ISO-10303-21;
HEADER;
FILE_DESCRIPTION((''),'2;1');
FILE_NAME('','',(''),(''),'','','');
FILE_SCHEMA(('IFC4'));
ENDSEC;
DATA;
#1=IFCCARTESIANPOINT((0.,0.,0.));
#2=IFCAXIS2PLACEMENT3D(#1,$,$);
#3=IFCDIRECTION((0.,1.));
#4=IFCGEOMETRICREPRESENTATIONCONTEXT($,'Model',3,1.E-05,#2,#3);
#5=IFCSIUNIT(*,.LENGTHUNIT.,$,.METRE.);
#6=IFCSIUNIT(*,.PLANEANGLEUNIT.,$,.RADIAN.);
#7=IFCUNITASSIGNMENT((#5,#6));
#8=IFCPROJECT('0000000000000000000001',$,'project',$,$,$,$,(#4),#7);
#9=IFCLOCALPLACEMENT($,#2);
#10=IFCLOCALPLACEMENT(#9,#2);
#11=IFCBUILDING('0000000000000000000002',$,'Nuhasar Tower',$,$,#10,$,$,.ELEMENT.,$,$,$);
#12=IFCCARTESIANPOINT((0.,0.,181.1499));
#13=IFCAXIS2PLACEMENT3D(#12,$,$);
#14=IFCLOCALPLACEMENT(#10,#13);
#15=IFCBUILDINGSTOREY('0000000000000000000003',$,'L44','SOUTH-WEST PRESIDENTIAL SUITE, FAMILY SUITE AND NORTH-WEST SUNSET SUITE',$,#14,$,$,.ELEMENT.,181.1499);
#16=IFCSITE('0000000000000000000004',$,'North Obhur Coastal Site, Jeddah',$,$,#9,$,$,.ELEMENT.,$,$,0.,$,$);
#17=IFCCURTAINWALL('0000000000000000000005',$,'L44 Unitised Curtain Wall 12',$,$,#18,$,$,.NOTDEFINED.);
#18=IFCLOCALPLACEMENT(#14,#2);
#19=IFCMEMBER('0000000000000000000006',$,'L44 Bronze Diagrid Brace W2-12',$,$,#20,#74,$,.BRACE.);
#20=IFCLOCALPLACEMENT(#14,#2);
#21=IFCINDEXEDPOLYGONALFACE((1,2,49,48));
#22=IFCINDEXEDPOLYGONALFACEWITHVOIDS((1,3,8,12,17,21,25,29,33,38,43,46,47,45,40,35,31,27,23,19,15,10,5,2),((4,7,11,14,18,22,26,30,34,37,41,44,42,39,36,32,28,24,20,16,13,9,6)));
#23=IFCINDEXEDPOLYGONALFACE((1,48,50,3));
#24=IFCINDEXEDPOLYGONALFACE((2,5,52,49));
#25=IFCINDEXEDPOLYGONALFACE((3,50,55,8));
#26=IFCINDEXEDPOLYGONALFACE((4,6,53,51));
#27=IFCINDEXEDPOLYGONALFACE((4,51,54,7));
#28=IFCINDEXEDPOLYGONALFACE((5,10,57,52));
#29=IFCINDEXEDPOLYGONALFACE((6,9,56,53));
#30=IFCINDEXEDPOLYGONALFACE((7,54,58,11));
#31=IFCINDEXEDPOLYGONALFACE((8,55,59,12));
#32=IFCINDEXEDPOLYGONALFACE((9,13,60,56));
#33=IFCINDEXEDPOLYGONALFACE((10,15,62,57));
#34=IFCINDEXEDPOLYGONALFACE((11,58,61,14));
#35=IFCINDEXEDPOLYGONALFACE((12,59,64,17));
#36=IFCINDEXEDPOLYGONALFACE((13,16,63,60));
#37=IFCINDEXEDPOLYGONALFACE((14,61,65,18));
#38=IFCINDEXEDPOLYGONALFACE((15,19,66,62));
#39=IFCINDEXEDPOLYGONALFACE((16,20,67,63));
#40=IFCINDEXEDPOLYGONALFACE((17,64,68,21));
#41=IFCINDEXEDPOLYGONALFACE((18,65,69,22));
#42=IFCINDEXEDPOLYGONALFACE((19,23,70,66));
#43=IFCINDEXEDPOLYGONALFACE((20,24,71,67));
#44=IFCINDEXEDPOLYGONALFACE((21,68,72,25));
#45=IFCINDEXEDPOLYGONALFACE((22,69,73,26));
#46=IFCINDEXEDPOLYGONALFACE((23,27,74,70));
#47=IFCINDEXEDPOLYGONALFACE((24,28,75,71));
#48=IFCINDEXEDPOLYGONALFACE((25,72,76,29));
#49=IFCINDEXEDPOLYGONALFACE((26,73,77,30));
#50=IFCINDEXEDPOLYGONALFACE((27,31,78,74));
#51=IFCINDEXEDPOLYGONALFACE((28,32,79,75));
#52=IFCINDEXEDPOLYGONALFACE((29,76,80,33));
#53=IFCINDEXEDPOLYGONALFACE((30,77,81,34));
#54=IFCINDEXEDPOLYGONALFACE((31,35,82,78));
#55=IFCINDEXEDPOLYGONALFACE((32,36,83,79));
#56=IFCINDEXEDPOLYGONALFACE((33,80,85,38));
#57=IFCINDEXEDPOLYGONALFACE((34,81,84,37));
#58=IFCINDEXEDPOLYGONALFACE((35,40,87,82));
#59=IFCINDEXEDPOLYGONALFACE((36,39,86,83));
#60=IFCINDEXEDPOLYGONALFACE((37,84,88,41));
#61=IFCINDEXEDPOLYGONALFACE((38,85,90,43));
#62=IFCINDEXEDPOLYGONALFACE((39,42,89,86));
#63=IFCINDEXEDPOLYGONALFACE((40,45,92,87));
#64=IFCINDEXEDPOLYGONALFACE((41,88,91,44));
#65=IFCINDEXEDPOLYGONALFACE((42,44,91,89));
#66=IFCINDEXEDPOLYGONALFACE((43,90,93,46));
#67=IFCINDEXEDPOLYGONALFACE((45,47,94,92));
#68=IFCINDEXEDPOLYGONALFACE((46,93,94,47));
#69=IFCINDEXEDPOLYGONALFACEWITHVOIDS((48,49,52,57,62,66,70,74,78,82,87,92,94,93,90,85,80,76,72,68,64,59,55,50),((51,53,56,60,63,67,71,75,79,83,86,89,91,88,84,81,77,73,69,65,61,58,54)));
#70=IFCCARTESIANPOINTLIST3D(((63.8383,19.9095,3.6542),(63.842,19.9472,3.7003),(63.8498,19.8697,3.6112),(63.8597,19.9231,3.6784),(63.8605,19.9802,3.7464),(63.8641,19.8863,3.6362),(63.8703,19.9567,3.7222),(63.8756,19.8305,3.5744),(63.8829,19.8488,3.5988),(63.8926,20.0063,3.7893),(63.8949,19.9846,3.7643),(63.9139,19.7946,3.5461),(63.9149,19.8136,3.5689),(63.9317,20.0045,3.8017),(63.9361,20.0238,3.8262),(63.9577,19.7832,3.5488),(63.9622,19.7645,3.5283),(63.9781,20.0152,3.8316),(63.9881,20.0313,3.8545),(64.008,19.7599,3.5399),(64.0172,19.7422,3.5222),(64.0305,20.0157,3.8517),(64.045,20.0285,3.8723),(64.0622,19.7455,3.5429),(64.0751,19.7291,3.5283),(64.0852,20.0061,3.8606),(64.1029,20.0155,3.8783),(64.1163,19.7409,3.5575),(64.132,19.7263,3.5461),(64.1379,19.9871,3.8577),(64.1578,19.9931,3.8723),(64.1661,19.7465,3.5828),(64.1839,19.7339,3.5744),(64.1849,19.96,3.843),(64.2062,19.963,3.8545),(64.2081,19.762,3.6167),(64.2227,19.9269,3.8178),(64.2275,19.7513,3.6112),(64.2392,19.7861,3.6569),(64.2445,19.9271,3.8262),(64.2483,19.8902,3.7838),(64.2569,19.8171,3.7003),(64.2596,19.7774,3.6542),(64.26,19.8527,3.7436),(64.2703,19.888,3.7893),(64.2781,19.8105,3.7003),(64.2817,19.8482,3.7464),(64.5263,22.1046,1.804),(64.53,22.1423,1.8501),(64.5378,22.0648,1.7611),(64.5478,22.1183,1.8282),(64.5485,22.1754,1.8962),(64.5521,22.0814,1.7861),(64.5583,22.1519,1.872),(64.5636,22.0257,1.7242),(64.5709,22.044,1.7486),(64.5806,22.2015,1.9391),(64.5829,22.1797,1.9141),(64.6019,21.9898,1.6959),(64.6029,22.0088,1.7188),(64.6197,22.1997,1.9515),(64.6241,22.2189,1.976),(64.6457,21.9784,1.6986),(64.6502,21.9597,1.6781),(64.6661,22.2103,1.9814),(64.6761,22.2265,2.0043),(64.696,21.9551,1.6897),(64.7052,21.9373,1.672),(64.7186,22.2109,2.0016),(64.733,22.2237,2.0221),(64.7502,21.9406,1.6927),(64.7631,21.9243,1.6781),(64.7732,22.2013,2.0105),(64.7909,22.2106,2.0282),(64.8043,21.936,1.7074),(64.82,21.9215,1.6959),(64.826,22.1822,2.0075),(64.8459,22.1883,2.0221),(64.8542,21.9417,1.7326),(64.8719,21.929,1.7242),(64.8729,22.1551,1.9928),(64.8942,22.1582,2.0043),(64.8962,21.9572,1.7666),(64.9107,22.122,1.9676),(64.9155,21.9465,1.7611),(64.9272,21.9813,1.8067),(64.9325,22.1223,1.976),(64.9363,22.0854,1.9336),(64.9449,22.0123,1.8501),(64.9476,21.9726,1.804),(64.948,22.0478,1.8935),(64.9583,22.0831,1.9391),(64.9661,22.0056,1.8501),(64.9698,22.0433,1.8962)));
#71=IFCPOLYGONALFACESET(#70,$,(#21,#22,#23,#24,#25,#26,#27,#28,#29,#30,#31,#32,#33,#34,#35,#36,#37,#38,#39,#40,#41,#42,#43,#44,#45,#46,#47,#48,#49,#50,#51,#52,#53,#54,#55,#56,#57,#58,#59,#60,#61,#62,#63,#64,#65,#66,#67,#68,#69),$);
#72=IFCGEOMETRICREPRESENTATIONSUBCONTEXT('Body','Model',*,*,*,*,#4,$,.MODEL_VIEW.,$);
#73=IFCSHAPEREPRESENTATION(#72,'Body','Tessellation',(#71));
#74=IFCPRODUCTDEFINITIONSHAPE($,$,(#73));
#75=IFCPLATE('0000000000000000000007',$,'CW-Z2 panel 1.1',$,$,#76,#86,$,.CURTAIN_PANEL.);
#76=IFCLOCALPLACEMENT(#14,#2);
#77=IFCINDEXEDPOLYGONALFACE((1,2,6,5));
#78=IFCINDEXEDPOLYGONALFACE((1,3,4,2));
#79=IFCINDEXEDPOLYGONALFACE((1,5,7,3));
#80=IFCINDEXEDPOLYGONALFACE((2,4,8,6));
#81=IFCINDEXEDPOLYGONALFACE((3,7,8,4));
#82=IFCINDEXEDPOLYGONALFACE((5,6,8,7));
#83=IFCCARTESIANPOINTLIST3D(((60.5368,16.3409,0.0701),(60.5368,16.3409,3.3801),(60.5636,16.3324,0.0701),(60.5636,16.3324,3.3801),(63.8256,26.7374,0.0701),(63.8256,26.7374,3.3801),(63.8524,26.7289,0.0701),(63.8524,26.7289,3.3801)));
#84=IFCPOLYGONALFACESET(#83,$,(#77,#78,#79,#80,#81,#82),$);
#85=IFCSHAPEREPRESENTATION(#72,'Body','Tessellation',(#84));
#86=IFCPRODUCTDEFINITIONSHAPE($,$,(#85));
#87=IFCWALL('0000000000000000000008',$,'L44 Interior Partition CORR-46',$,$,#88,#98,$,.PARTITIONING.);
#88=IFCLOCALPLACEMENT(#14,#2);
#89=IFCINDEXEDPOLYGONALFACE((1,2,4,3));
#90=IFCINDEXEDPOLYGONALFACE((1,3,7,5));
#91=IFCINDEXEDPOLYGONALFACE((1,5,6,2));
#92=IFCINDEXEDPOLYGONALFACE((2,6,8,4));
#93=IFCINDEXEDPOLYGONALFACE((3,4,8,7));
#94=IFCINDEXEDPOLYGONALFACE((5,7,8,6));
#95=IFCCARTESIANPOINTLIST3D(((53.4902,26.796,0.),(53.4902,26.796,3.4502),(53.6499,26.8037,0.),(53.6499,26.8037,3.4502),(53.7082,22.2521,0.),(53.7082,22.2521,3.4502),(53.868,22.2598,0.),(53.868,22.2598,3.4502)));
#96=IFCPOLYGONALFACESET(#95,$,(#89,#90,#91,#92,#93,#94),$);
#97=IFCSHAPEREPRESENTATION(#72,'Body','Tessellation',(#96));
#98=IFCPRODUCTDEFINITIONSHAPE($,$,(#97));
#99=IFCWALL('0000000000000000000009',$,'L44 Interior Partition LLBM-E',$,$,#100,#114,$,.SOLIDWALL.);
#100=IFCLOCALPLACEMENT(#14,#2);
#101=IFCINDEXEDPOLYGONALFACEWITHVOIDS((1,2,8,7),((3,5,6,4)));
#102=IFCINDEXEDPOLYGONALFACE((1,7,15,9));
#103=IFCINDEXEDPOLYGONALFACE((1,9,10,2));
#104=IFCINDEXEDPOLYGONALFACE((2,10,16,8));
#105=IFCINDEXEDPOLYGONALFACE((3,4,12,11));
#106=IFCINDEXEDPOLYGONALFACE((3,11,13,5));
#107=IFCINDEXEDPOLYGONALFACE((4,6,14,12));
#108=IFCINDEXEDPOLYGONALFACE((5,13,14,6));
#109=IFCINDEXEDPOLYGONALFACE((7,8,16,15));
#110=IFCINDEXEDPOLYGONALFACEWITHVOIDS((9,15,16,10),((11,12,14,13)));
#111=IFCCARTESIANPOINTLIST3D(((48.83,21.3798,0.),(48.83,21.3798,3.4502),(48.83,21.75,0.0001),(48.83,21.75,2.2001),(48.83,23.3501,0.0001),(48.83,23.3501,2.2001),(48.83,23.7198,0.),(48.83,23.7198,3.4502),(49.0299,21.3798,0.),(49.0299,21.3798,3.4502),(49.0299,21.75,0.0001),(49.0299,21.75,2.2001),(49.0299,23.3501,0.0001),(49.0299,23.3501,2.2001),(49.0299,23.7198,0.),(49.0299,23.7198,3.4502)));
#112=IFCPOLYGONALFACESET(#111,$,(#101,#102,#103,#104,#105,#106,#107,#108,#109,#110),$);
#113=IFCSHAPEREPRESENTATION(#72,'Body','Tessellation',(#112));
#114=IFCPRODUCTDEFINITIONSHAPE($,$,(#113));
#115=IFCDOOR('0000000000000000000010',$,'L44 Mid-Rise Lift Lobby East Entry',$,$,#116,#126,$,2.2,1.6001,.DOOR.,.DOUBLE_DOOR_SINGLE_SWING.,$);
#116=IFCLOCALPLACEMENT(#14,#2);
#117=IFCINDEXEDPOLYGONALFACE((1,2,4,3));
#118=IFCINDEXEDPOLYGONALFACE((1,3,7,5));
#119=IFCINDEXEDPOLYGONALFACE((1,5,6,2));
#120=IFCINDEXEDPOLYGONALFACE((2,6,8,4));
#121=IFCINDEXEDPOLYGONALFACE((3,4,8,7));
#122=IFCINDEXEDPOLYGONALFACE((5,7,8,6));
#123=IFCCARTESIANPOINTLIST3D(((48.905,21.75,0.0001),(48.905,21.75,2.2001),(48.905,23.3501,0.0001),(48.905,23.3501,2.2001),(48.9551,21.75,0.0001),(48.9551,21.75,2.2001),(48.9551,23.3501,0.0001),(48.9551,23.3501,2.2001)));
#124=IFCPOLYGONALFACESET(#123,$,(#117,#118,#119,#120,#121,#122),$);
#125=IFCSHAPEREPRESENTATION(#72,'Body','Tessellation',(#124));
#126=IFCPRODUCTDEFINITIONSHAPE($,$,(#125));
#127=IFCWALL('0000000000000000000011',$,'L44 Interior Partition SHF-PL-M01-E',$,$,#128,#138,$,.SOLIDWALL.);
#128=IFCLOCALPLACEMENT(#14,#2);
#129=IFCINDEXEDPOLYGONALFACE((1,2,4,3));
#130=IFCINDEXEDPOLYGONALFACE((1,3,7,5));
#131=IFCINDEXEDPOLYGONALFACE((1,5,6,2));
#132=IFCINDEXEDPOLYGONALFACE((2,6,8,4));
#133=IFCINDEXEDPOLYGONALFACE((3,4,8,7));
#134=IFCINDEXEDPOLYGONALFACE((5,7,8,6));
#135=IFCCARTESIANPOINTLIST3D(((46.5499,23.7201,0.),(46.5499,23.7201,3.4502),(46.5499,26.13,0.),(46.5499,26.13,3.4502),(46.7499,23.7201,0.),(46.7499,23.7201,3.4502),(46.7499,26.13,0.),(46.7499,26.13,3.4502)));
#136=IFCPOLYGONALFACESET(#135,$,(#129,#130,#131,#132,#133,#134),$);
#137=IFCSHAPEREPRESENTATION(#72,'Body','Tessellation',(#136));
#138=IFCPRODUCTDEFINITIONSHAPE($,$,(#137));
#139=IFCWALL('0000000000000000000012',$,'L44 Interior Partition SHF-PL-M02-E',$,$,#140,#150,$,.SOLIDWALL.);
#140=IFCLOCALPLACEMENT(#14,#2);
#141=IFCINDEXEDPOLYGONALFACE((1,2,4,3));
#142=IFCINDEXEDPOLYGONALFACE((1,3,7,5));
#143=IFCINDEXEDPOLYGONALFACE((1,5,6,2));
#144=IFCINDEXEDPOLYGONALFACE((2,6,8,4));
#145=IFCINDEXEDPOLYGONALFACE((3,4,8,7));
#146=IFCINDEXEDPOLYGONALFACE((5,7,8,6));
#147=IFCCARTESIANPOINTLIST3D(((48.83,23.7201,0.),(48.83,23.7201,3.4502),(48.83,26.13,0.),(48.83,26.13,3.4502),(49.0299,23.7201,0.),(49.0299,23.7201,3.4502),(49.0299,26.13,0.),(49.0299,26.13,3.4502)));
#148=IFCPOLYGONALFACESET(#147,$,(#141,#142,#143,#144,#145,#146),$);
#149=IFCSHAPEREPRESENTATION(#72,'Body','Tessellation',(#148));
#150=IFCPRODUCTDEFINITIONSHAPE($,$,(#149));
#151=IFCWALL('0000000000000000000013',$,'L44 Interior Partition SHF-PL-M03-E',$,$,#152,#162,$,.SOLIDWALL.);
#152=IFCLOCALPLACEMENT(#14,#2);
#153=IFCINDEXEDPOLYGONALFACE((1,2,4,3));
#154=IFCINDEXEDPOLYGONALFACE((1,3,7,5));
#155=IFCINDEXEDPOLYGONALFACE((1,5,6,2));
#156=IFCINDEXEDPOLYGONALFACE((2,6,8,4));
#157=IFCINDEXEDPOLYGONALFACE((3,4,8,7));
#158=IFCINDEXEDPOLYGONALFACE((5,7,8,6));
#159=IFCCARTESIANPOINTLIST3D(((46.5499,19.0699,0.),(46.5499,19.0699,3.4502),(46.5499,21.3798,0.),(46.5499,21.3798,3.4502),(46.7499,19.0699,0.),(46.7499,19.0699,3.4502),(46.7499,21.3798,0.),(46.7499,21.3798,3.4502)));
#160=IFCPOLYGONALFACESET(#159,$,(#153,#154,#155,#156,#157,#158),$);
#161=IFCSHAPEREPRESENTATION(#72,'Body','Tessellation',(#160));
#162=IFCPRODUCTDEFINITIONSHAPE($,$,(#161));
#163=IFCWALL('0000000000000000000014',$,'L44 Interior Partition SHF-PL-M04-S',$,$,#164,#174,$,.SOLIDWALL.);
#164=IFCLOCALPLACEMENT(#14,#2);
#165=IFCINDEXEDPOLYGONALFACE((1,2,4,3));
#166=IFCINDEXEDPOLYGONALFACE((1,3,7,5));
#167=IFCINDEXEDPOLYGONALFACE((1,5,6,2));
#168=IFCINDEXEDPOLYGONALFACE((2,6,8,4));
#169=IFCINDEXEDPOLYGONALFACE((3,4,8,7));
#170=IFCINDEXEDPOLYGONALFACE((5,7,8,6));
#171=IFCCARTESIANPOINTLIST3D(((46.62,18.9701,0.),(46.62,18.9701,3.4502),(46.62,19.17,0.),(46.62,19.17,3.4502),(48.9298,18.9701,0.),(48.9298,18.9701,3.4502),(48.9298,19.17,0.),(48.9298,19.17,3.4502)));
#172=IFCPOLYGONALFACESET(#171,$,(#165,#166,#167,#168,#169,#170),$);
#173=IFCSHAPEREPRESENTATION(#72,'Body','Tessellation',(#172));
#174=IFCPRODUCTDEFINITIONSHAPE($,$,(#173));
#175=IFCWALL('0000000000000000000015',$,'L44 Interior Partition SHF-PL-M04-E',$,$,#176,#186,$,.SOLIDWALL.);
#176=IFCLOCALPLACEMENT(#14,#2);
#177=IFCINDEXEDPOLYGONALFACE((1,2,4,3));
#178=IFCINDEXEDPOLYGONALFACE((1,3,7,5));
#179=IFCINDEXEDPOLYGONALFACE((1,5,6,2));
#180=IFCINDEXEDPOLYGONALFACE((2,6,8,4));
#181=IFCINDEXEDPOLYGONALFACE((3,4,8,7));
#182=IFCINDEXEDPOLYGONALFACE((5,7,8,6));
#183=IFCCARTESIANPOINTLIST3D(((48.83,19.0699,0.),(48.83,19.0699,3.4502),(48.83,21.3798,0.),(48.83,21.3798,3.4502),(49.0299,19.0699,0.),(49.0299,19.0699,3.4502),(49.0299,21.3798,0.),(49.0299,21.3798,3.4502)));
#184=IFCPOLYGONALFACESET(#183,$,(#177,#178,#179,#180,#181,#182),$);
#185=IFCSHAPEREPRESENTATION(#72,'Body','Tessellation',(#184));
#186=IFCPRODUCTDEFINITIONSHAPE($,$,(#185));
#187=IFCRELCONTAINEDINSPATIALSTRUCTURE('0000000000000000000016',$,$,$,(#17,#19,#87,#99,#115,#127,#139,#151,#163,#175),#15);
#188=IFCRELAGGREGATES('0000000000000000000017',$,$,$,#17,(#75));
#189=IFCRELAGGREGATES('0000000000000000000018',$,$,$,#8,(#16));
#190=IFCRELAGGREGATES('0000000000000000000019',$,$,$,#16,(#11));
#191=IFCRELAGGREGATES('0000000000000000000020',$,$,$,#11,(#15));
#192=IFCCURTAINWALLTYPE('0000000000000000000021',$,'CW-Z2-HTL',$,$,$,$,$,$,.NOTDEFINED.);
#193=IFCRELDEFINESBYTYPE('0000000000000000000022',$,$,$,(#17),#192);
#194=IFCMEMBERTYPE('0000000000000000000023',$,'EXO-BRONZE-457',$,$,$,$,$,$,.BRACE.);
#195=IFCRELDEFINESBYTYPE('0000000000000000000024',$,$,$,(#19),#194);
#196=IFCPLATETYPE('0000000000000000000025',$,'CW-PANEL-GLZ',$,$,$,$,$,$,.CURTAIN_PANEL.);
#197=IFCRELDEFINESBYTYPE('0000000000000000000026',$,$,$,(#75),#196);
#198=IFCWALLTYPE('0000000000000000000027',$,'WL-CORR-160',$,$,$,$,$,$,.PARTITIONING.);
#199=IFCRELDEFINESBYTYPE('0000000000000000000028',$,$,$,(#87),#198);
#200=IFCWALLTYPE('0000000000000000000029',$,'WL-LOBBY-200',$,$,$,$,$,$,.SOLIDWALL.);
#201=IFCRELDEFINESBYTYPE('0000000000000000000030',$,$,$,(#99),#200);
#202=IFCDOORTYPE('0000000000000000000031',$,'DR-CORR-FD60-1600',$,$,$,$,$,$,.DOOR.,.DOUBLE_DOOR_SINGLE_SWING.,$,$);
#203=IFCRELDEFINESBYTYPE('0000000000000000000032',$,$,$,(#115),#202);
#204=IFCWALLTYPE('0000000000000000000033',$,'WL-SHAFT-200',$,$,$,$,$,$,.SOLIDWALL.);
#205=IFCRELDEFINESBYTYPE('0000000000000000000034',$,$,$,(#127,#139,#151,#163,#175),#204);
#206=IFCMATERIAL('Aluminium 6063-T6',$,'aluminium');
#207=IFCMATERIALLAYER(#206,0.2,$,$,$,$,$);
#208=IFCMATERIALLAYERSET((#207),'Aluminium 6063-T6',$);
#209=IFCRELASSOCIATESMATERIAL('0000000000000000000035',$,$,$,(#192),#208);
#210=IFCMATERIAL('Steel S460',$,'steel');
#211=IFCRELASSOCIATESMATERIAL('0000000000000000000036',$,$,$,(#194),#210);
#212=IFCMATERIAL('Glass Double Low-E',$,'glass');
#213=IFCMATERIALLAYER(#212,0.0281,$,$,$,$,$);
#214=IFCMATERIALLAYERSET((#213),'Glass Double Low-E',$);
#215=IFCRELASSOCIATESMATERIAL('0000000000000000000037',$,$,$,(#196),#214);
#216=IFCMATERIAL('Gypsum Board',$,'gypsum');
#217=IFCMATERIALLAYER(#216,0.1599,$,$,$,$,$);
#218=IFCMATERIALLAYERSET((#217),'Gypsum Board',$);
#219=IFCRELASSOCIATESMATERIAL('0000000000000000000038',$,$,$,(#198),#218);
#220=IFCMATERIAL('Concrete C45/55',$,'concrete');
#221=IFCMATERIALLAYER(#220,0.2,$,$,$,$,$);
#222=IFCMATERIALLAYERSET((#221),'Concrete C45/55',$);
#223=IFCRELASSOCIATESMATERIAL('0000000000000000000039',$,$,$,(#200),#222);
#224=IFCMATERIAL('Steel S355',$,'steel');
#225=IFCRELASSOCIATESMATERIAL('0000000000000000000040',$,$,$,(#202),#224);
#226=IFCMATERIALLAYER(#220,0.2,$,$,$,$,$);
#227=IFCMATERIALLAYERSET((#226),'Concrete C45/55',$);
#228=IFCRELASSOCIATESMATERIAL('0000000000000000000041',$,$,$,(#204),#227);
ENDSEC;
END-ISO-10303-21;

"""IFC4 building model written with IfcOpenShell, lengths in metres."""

from ifc_helpers import new_model, si_unit, direction, frame, frame_2d, origin, origin_2d, place, context, subcontext, project, spatial, rectangle, hollow_circle, extrude, material, layer, layer_set, material_profile, profile_set, type_object, element, fill, aggregate, save


model = new_model("IFC4")

# Units and contexts
model_context = context("Model", 3, precision=1e-05, world=origin(), true_north=direction((0.0, 1.0)))
body_context = subcontext(model_context, "Body", "Model", "MODEL_VIEW")
ifc_project = project(units=[si_unit("LENGTHUNIT", "METRE"), si_unit("PLANEANGLEUNIT", "RADIAN")], contexts=[model_context])

# Site, building, storey
site_placement = place(None, origin())
site = spatial("IfcSite", under=ifc_project, at=site_placement, Name="North Obhur Coastal Site, Jeddah", CompositionType="ELEMENT", RefElevation=0.0)
building_placement = place(site_placement, origin())
building = spatial("IfcBuilding", under=site, at=building_placement, Name="Nuhasar Tower", CompositionType="ELEMENT")
storey_placement = place(building_placement, frame((0.0, 0.0, 181.1499)))
storey = spatial("IfcBuildingStorey", under=building, at=storey_placement, Name="L44", Description="SOUTH-WEST PRESIDENTIAL SUITE, FAMILY SUITE AND NORTH-WEST SUNSET SUITE", CompositionType="ELEMENT", Elevation=181.1499)

# Shared definitions
ifc_material_1 = material(Name="Steel S355", Category="steel")

# Curtain wall
ifc_material_2 = material(Name="Aluminium 6063-T6", Category="aluminium")
ifc_layer_1 = layer(ifc_material_2, 0.2)
ifc_layer_set_1 = layer_set([ifc_layer_1], Name="Aluminium 6063-T6")
curtain_wall_type = type_object("IfcCurtainWallType", Name="CW-Z2-HTL", PredefinedType="NOTDEFINED", material=ifc_layer_set_1)
curtain_wall_placement = place(storey_placement, origin())
curtain_wall = element("IfcCurtainWall", 1, at=curtain_wall_placement, inside=storey, type_object=curtain_wall_type, Name="L44 Unitised Curtain Wall 12", PredefinedType="NOTDEFINED")

# Member
ifc_material_3 = material(Name="Steel S460", Category="steel")
ifc_material_profile_1 = material_profile(ifc_material_3, hollow_circle(Radius=0.2285, WallThickness=0.0222, at=origin_2d()), Name="HSS457X22.2")
ifc_profile_set_1 = profile_set([ifc_material_profile_1], Name="Steel S460")
member_type_1 = type_object("IfcMemberType", Name="EXO-BRONZE-457", PredefinedType="BRACE", material=ifc_profile_set_1)
for number, where, z_axis, x_axis, name in (
    (2, (64.748, 22.074, 1.8501), (-0.233056, -0.743578, 0.626719), (0.954228, -0.299079, 0.0), "L44 Bronze Diagrid Brace W2-12"),
):
    element("IfcMember", number, at=place(storey_placement, frame(where, z_axis=z_axis, x_axis=x_axis)), inside=storey, type_object=member_type_1, Name=name, PredefinedType="BRACE", context=body_context, shape_type="SweptSolid", body=[
        extrude(hollow_circle(Radius=0.2285, WallThickness=0.0222, at=origin_2d()), origin(), (0.0, 0.0, 1.0), 2.9521),
    ])

# Plate
ifc_material_4 = material(Name="Glass Double Low-E", Category="glass")
ifc_layer_2 = layer(ifc_material_4, 0.0281)
ifc_layer_set_2 = layer_set([ifc_layer_2], Name="Glass Double Low-E")
plate_type = type_object("IfcPlateType", Name="CW-PANEL-GLZ", PredefinedType="CURTAIN_PANEL", material=ifc_layer_set_2)
plate_placement = place(storey_placement, frame((62.1946, 21.5349, 0.0701), z_axis=(0.0, 0.0, 1.0), x_axis=(0.301604, 0.953433, 0.0)))
plate = element("IfcPlate", 3, at=plate_placement, type_object=plate_type, Name="CW-Z2 panel 1.1", PredefinedType="CURTAIN_PANEL", context=body_context, shape_type="SweptSolid", body=[
    extrude(rectangle(XDim=10.9043, YDim=0.0281, at=origin_2d()), origin(), (0.0, 0.0, 1.0), 3.3101),
])
aggregate(curtain_wall, [plate])

# Shared definitions
ifc_material_5 = material(Name="Gypsum Board", Category="gypsum")
ifc_layer_3 = layer(ifc_material_5, 0.1599)
ifc_layer_set_3 = layer_set([ifc_layer_3], Name="Gypsum Board")
wall_type_1 = type_object("IfcWallType", Name="WL-CORR-160", PredefinedType="PARTITIONING", material=ifc_layer_set_3)

# Wall
wall_1_placement = place(storey_placement, frame((53.7881, 22.2561, 0.0), z_axis=(0.0, 0.0, 1.0), x_axis=(-0.047925, 0.998851, 0.0)))
element("IfcWall", 4, at=wall_1_placement, inside=storey, type_object=wall_type_1, Name="L44 Interior Partition CORR-46", PredefinedType="PARTITIONING", context=body_context, shape_type="SweptSolid", body=[
    extrude(rectangle(XDim=4.5491, YDim=0.1599, at=frame_2d((2.2744, 0.0))), origin(), (0.0, 0.0, 1.0), 3.4502),
])

# Wall, opening, door
ifc_material_6 = material(Name="Concrete C45/55", Category="concrete")
ifc_layer_4 = layer(ifc_material_6, 0.2)
ifc_layer_set_4 = layer_set([ifc_layer_4], Name="Concrete C45/55")
wall_type_2 = type_object("IfcWallType", Name="WL-LOBBY-200", PredefinedType="SOLIDWALL", material=ifc_layer_set_4)
wall_2_placement = place(storey_placement, frame((48.9299, 21.3799, 0.0), z_axis=(0.0, 0.0, 1.0), x_axis=(0.0, 1.0, 0.0)))
wall_2 = element("IfcWall", 5, at=wall_2_placement, inside=storey, type_object=wall_type_2, Name="L44 Interior Partition LLBM-E", PredefinedType="SOLIDWALL", context=body_context, shape_type="SweptSolid", body=[
    extrude(rectangle(XDim=2.3401, YDim=0.2, at=frame_2d((1.1699, 0.0))), origin(), (0.0, 0.0, 1.0), 3.4502),
])
opening_1_placement = place(wall_2_placement, frame((0.3701, 0.0, 0.0)))
opening_1 = element("IfcOpeningElement", 6, at=opening_1_placement, cuts=wall_2, PredefinedType="OPENING", context=body_context, shape_type="SweptSolid", body=[
    extrude(rectangle(XDim=1.6001, YDim=2.2, at=frame_2d((0.8, 1.1001))), frame((0.0, 0.1099, 0.0), z_axis=(0.0, -1.0, 0.0), x_axis=(1.0, 0.0, 0.0)), (0.0, 0.0, 1.0), 0.22),
])
door_type_1 = type_object("IfcDoorType", Name="DR-CORR-FD60-1600", OperationType="DOUBLE_DOOR_SINGLE_SWING", PredefinedType="DOOR", material=ifc_material_1)
door_1_placement = place(opening_1_placement, origin())
door_1 = element("IfcDoor", 7, at=door_1_placement, inside=storey, type_object=door_type_1, Name="L44 Mid-Rise Lift Lobby East Entry", OperationType="DOUBLE_DOOR_SINGLE_SWING", OverallHeight=2.2, OverallWidth=1.6001, PredefinedType="DOOR", context=body_context, shape_type="SweptSolid", body=[
    extrude(rectangle(XDim=1.6001, YDim=2.2, at=frame_2d((0.8, 1.1001))), frame((0.0, 0.0249, 0.0), z_axis=(0.0, -1.0, 0.0), x_axis=(1.0, 0.0, 0.0)), (0.0, 0.0, 1.0), 0.05),
])
fill(opening_1, door_1)

# Wall
ifc_layer_5 = layer(ifc_material_6, 0.2)
ifc_layer_set_5 = layer_set([ifc_layer_5], Name="Concrete C45/55")
wall_type_3 = type_object("IfcWallType", Name="WL-SHAFT-200", PredefinedType="SOLIDWALL", material=ifc_layer_set_5)
wall_3_placement = place(storey_placement, frame((46.6499, 23.72, 0.0), z_axis=(0.0, 0.0, 1.0), x_axis=(0.0, 1.0, 0.0)))
element("IfcWall", 8, at=wall_3_placement, inside=storey, type_object=wall_type_3, Name="L44 Interior Partition SHF-PL-M01-E", PredefinedType="SOLIDWALL", context=body_context, shape_type="SweptSolid", body=[
    extrude(rectangle(XDim=2.4099, YDim=0.2, at=frame_2d((1.2051, 0.0))), origin(), (0.0, 0.0, 1.0), 3.4502),
])

# Walls
wall_4_placement = place(storey_placement, frame((48.9299, 23.72, 0.0), z_axis=(0.0, 0.0, 1.0), x_axis=(0.0, 1.0, 0.0)))
element("IfcWall", 9, at=wall_4_placement, inside=storey, type_object=wall_type_3, Name="L44 Interior Partition SHF-PL-M02-E", PredefinedType="SOLIDWALL", context=body_context, shape_type="SweptSolid", body=[
    extrude(rectangle(XDim=2.4099, YDim=0.2, at=frame_2d((1.2051, 0.0))), origin(), (0.0, 0.0, 1.0), 3.4502),
])
for number, where, z_axis, x_axis, name in (
    (10, (46.6499, 19.0701, 0.0), (0.0, 0.0, 1.0), (0.0, 1.0, 0.0), "L44 Interior Partition SHF-PL-M03-E"),
    (11, (46.6201, 19.0701, 0.0), (0.0, 0.0, 1.0), (1.0, 0.0, 0.0), "L44 Interior Partition SHF-PL-M04-S"),
):
    element("IfcWall", number, at=place(storey_placement, frame(where, z_axis=z_axis, x_axis=x_axis)), inside=storey, type_object=wall_type_3, Name=name, PredefinedType="SOLIDWALL", context=body_context, shape_type="SweptSolid", body=[
        extrude(rectangle(XDim=2.3098, YDim=0.2, at=frame_2d((1.1548, 0.0))), origin(), (0.0, 0.0, 1.0), 3.4502),
    ])

# Wall
wall_5_placement = place(storey_placement, frame((48.9299, 19.0701, 0.0), z_axis=(0.0, 0.0, 1.0), x_axis=(0.0, 1.0, 0.0)))
element("IfcWall", 12, at=wall_5_placement, inside=storey, type_object=wall_type_3, Name="L44 Interior Partition SHF-PL-M04-E", PredefinedType="SOLIDWALL", context=body_context, shape_type="SweptSolid", body=[
    extrude(rectangle(XDim=2.3098, YDim=0.2, at=frame_2d((1.1548, 0.0))), origin(), (0.0, 0.0, 1.0), 3.4502),
])

save(model, "model.ifc")
